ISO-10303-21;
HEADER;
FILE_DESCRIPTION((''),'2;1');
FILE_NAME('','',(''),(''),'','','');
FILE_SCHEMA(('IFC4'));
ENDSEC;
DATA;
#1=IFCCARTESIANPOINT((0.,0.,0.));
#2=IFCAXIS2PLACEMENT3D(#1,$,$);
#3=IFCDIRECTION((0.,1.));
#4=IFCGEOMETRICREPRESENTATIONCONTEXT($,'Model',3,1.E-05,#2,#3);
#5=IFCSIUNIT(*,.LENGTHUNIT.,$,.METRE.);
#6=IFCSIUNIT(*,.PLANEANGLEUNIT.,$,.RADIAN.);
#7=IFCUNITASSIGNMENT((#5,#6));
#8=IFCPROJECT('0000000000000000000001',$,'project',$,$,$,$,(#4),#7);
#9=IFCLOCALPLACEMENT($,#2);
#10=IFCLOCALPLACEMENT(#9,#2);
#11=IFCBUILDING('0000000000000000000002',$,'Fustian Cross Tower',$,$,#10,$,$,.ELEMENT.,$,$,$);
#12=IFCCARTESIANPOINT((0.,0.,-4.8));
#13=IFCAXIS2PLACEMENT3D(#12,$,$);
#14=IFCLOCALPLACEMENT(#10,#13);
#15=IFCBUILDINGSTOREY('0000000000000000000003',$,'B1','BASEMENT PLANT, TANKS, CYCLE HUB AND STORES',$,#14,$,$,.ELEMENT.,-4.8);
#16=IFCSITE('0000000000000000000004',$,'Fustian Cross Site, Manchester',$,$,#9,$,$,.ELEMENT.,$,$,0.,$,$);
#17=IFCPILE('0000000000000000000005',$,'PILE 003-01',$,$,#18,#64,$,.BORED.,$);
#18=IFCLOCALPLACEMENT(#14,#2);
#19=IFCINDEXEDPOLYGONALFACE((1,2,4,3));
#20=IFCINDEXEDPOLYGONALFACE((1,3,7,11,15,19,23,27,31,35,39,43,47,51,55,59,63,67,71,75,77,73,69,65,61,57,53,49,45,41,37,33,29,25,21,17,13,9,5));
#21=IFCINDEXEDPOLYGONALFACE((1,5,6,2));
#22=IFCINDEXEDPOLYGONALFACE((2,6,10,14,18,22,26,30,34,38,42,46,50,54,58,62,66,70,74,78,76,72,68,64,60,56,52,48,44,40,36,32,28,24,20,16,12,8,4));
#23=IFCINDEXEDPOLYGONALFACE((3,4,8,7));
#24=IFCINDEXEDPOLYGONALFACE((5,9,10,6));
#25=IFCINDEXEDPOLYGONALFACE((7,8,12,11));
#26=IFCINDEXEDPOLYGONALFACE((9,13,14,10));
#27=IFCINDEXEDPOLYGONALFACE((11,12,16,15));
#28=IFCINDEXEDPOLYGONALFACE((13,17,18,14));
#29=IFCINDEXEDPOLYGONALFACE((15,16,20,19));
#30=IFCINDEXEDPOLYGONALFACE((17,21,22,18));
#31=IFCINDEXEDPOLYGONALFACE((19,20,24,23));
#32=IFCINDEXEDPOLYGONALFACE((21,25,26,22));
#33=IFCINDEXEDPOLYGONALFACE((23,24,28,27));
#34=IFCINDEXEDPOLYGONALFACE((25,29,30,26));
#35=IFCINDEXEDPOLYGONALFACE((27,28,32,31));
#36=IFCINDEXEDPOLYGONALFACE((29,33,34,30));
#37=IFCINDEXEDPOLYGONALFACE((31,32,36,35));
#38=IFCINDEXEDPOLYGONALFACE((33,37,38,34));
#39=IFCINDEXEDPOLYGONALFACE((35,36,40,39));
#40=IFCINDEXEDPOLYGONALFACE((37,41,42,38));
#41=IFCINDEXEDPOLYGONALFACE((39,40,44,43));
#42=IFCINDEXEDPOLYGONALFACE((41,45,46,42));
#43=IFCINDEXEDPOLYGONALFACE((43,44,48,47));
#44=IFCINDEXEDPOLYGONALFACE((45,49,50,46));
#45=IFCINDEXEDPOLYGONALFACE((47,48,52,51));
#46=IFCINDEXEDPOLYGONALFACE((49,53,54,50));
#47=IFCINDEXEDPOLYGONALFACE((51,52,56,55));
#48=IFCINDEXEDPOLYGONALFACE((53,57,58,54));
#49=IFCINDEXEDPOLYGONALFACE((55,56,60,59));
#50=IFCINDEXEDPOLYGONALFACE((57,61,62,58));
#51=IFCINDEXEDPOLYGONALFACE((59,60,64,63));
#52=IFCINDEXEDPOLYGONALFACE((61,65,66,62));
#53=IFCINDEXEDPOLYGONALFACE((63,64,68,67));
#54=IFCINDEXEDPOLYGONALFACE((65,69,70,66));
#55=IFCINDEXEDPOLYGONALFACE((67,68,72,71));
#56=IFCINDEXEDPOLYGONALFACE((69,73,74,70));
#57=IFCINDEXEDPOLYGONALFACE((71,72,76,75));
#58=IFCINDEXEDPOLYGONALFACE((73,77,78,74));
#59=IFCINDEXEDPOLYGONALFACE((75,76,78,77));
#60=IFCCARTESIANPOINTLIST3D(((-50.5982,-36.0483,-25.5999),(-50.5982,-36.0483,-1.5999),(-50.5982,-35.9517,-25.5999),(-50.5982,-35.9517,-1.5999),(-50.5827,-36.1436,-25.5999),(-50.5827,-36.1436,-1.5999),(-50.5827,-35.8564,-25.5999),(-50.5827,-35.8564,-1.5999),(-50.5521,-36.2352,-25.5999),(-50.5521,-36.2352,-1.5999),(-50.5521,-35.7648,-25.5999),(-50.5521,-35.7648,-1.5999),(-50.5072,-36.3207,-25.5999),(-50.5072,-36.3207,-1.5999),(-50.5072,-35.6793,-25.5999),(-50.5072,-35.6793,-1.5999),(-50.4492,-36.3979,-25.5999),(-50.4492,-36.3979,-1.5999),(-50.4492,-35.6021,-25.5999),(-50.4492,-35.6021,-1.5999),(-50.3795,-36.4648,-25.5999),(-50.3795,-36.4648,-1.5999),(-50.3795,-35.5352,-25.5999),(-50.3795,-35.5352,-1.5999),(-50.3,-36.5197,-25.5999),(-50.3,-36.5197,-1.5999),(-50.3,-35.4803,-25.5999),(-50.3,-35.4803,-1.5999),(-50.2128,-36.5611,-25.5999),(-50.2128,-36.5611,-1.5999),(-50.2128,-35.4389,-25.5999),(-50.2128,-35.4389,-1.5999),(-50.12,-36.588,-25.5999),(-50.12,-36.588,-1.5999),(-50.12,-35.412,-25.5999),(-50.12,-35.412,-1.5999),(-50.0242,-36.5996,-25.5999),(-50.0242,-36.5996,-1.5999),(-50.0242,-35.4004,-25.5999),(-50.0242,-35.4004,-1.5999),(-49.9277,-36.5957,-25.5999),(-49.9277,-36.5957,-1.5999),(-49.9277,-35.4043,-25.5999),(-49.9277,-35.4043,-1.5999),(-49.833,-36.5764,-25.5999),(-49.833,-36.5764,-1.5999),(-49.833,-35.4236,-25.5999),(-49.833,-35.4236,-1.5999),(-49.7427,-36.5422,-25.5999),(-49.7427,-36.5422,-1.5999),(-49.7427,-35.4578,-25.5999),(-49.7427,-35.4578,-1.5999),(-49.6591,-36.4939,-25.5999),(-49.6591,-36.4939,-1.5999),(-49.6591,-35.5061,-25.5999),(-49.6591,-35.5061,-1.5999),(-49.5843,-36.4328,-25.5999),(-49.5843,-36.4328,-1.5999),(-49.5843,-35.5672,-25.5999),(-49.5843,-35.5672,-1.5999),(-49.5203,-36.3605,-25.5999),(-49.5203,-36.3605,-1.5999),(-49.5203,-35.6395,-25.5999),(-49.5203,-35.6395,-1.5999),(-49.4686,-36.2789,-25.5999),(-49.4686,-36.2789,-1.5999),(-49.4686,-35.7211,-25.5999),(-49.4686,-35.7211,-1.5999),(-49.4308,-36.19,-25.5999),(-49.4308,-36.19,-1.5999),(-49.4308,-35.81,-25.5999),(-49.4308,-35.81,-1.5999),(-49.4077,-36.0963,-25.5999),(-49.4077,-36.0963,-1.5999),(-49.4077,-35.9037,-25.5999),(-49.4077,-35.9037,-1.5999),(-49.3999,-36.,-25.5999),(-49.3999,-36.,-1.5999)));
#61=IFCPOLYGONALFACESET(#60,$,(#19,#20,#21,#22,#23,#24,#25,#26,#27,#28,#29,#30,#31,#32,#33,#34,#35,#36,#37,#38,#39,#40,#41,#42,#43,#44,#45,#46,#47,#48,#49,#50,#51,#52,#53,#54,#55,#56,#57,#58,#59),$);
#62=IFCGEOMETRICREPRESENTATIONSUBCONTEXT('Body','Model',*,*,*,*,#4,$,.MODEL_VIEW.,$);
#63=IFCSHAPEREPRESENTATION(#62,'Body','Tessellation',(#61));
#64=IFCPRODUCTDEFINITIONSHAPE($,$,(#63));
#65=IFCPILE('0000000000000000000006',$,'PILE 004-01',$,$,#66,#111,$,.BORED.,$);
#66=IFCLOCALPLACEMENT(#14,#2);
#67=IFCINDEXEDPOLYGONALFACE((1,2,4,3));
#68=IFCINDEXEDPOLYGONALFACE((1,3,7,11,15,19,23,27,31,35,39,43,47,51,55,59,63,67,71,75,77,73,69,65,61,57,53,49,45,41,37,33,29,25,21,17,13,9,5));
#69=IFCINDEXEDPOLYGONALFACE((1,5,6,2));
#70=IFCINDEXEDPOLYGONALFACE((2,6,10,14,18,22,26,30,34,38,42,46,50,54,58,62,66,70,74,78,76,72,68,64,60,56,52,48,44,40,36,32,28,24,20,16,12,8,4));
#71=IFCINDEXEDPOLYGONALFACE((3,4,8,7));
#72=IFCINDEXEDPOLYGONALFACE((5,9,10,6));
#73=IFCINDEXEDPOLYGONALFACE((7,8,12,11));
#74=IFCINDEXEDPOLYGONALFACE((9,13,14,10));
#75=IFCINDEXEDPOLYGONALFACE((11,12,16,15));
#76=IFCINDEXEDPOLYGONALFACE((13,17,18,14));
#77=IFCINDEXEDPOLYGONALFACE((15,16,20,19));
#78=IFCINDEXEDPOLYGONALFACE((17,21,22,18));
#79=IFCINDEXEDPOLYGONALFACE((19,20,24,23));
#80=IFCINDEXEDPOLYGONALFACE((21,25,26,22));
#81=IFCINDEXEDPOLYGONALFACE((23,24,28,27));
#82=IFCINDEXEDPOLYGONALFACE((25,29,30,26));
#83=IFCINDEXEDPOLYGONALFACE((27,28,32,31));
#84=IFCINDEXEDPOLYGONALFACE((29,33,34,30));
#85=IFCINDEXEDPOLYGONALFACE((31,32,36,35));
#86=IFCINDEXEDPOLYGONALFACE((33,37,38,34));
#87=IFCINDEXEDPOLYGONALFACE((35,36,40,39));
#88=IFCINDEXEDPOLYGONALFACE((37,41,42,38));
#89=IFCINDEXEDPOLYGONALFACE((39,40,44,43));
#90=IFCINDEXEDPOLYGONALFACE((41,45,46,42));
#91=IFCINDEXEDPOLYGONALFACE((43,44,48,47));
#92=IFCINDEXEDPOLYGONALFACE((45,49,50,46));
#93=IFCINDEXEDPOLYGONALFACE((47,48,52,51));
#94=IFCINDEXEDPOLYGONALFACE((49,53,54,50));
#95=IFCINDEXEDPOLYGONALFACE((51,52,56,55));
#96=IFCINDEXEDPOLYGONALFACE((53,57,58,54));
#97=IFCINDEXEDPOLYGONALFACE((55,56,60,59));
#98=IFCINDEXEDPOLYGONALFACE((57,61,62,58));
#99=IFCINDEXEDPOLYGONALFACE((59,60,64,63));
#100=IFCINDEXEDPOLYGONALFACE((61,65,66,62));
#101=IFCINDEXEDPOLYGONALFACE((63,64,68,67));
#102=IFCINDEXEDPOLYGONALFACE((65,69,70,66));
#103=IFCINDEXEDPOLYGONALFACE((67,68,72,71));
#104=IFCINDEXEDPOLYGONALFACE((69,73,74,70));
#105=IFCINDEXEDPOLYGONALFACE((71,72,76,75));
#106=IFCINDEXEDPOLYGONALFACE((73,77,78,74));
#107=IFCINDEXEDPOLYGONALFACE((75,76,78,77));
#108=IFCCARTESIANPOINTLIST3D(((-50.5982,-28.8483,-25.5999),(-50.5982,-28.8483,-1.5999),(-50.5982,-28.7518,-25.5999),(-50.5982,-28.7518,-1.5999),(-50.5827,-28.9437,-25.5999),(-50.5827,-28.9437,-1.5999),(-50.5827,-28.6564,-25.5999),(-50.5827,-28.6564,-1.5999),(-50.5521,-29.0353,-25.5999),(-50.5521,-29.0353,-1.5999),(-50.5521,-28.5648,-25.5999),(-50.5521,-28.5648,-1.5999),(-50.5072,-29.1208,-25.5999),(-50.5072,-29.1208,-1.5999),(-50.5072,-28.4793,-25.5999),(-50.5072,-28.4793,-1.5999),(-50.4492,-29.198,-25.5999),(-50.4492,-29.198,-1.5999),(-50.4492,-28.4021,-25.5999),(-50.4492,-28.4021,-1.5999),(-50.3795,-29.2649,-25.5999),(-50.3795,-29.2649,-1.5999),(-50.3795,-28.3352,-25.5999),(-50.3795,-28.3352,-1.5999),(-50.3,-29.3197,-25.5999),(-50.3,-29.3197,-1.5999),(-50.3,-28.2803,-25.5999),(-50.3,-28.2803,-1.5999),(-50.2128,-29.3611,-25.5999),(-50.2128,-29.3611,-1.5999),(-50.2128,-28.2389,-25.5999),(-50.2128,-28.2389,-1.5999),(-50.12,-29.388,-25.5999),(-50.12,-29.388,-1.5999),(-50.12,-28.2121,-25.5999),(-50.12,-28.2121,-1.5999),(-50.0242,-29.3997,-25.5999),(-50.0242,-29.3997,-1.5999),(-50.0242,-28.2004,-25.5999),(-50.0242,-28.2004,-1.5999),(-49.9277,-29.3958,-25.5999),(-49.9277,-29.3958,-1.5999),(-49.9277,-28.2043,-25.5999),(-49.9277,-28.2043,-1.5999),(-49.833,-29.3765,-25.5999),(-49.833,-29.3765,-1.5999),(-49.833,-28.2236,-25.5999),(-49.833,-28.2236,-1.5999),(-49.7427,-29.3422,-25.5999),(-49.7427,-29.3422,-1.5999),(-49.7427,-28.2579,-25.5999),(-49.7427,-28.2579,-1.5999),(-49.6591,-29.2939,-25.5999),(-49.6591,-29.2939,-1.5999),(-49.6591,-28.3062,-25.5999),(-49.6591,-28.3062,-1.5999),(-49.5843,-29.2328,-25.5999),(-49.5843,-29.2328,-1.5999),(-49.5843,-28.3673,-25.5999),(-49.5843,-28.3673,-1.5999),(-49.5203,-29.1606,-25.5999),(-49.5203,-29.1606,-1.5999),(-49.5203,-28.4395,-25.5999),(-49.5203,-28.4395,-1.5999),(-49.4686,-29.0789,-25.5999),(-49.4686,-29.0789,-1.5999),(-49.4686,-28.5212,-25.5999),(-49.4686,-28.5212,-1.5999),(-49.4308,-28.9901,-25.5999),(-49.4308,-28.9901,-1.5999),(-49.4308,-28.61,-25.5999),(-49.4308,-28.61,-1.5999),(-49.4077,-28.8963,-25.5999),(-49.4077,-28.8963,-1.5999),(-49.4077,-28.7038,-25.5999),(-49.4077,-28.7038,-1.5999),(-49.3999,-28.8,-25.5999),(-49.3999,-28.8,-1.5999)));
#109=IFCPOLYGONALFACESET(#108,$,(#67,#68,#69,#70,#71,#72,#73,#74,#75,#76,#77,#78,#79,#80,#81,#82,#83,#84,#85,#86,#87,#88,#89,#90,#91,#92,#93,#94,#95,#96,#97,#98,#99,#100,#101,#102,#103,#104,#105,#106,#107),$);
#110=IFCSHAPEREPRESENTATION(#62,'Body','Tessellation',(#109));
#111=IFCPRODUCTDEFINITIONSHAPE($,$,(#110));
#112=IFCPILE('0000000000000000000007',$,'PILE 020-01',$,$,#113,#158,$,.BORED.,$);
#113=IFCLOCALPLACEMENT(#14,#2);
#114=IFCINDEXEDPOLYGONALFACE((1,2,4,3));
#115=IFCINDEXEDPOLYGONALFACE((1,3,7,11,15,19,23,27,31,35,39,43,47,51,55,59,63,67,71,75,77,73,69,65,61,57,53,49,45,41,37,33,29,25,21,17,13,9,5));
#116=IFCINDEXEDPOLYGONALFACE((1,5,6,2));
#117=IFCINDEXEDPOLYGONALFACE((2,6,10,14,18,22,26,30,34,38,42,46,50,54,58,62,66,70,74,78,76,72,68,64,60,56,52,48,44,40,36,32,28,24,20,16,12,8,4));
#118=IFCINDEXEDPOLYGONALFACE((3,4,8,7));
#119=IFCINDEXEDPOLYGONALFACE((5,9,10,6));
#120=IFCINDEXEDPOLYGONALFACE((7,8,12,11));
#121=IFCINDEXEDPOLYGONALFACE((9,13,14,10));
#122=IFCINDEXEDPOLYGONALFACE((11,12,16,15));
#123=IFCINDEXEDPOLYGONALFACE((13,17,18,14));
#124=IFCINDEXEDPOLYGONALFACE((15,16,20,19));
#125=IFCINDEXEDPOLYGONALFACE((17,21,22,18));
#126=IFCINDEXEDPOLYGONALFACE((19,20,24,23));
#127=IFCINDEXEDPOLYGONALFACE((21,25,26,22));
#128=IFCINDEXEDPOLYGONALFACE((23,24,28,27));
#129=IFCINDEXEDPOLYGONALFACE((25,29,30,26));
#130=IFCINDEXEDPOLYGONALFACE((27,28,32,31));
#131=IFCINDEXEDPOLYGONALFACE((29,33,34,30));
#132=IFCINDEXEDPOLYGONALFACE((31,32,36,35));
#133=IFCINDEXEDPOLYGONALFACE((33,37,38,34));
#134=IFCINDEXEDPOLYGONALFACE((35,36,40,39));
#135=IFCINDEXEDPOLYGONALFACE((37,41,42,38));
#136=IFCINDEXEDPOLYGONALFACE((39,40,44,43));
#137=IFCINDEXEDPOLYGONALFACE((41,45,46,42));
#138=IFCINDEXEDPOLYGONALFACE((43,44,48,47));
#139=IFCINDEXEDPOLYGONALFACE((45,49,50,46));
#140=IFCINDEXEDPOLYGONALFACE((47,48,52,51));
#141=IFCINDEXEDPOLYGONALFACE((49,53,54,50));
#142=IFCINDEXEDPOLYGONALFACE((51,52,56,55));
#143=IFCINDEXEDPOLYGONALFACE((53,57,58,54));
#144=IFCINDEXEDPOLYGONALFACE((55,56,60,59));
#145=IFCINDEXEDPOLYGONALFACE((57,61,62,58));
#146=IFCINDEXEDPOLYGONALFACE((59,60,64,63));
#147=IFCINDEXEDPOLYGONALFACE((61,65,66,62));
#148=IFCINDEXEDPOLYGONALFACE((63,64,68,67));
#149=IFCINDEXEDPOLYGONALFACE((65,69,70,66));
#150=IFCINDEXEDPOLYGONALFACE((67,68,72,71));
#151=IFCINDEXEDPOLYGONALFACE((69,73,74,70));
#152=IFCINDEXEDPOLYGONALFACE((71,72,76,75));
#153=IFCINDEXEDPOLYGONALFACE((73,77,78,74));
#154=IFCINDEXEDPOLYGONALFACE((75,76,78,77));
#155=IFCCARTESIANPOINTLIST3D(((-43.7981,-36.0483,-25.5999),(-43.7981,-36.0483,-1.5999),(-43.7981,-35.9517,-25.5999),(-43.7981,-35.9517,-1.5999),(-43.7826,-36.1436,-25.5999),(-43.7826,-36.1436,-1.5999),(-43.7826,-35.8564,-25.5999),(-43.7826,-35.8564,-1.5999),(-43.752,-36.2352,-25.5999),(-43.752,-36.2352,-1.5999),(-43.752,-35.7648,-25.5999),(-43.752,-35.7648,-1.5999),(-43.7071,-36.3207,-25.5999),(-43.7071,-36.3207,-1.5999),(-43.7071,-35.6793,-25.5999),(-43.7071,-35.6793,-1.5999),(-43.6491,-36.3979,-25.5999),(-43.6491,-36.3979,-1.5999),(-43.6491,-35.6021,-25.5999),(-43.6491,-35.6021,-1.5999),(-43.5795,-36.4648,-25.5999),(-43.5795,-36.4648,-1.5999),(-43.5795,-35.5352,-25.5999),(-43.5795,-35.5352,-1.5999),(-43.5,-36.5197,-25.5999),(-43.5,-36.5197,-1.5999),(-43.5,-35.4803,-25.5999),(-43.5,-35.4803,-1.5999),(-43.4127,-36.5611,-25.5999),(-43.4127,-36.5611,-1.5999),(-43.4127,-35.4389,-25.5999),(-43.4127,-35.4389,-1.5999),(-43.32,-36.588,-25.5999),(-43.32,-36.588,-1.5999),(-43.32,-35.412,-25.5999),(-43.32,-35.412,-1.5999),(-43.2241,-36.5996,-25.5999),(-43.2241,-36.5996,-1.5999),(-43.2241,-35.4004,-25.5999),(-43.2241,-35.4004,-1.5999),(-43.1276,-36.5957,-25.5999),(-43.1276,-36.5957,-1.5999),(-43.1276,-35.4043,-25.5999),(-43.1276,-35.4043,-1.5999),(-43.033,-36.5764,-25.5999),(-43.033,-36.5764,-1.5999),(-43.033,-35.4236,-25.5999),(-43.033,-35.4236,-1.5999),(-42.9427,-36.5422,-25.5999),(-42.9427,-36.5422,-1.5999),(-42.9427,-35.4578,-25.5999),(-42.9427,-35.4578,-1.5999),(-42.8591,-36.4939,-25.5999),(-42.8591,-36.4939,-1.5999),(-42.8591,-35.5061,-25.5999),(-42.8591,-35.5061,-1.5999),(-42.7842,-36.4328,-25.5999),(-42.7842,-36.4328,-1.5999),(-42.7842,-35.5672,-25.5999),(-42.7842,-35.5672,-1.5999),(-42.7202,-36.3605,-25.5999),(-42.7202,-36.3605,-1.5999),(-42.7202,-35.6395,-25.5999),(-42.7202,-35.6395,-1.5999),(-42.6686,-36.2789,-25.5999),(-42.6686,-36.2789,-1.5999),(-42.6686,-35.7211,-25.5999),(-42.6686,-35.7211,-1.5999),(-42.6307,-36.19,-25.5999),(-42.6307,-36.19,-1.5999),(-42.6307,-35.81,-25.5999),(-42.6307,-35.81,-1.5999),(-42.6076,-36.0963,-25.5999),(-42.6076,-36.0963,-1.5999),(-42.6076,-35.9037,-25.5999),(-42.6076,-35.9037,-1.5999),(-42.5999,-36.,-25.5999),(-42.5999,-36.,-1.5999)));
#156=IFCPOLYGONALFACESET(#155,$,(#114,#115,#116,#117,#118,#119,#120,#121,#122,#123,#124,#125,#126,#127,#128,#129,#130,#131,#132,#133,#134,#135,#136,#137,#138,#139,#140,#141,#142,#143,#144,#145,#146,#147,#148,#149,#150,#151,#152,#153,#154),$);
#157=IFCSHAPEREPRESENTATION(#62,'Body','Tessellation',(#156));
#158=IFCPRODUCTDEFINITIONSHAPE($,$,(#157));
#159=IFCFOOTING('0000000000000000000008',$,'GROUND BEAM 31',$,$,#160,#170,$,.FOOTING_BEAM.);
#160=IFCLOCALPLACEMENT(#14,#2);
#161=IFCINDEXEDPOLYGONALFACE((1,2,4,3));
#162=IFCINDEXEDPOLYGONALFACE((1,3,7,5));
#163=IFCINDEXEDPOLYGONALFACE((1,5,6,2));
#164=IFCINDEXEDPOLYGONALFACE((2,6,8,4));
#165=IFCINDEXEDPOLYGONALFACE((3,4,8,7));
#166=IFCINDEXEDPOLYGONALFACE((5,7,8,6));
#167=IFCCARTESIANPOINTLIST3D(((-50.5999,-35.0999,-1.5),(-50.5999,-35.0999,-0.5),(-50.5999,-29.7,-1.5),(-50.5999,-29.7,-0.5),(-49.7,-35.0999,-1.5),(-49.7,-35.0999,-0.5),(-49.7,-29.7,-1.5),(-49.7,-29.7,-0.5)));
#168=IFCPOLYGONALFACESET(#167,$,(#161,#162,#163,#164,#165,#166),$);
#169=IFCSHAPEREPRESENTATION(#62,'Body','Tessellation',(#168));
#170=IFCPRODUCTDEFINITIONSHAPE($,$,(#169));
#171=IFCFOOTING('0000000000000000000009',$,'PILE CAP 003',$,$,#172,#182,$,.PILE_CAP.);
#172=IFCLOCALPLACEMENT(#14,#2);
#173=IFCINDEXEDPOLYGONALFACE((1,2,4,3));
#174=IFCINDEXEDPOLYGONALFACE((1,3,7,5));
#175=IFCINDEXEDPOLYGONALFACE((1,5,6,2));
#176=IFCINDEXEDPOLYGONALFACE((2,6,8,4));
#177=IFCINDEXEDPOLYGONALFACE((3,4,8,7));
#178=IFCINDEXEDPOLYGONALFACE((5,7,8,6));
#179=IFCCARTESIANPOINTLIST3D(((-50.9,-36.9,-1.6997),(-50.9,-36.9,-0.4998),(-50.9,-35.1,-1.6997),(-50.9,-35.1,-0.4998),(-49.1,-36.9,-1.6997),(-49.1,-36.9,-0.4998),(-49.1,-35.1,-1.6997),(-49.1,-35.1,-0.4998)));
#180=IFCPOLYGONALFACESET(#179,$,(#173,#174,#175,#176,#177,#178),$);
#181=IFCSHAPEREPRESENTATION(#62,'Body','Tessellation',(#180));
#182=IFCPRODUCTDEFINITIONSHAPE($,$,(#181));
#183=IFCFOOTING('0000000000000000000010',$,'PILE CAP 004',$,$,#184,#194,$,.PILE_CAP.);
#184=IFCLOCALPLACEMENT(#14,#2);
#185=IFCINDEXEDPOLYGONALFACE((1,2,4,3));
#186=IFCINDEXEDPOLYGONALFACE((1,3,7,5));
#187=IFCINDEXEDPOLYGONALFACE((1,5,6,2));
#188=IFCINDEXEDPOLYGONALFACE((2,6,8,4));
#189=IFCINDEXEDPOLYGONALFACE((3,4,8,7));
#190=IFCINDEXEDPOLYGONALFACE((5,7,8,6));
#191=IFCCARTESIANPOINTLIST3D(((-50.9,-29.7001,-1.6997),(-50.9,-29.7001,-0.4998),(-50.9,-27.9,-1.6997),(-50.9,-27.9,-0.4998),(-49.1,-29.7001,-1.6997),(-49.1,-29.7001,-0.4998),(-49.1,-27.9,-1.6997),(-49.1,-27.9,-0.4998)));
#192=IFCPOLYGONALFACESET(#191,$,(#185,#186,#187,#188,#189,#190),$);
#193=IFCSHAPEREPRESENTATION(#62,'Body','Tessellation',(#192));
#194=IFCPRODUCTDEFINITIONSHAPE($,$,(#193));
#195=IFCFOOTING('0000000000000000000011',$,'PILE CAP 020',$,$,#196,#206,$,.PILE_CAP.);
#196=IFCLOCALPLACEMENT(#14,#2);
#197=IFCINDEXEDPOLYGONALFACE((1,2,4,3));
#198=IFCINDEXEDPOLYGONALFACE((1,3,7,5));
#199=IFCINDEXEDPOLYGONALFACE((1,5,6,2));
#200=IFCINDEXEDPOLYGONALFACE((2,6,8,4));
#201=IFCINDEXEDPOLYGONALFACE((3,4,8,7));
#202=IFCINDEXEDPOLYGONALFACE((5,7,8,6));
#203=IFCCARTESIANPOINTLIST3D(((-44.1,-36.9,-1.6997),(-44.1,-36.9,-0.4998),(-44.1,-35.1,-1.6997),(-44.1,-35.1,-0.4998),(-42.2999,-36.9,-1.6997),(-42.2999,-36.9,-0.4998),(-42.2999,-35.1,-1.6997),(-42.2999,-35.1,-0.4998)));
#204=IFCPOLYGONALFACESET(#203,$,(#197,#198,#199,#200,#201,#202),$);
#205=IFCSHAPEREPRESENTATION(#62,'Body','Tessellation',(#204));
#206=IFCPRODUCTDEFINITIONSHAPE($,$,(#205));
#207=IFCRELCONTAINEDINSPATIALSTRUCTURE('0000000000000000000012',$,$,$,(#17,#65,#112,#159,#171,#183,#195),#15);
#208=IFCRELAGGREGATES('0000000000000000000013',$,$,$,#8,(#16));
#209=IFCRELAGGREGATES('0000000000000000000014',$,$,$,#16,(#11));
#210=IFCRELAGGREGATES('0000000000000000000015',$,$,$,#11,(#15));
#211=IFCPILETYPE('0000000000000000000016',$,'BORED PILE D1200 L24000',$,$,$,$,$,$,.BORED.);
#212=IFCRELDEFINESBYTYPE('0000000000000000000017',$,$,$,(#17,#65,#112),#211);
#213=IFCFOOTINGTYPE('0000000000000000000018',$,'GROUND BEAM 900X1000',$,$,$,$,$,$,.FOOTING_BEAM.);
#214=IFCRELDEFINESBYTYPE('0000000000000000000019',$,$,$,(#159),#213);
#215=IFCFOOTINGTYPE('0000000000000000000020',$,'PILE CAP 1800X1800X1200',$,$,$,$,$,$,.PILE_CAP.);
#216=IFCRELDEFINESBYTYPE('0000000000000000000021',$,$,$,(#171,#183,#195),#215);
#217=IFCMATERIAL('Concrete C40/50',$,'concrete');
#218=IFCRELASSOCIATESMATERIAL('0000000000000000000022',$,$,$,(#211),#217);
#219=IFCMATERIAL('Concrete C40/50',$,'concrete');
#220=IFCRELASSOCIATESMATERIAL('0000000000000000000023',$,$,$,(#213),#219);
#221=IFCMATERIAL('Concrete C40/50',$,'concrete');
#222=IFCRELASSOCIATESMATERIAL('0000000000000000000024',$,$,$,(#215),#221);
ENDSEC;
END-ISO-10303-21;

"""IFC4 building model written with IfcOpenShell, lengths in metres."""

from ifc_helpers import new_model, si_unit, direction, frame, origin, origin_2d, place, context, subcontext, project, spatial, rectangle, circle, extrude, material, material_profile, profile_set, type_object, element, save


model = new_model("IFC4")

# Units and contexts
model_context = context("Model", 3, precision=1e-05, world=origin(), true_north=direction((0.0, 1.0)))
body_context = subcontext(model_context, "Body", "Model", "MODEL_VIEW")
ifc_project = project(units=[si_unit("LENGTHUNIT", "METRE"), si_unit("PLANEANGLEUNIT", "RADIAN")], contexts=[model_context])

# Site, building, storey
site_placement = place(None, origin())
site = spatial("IfcSite", under=ifc_project, at=site_placement, Name="Fustian Cross Site, Manchester", CompositionType="ELEMENT", RefElevation=0.0)
building_placement = place(site_placement, origin())
building = spatial("IfcBuilding", under=site, at=building_placement, Name="Fustian Cross Tower", CompositionType="ELEMENT")
storey_placement = place(building_placement, frame((0.0, 0.0, -4.8)))
storey = spatial("IfcBuildingStorey", under=building, at=storey_placement, Name="B1", Description="BASEMENT PLANT, TANKS, CYCLE HUB AND STORES", CompositionType="ELEMENT", Elevation=-4.8)

# Piles
ifc_material_1 = material(Name="Concrete C40/50", Category="concrete")
ifc_material_profile_1 = material_profile(ifc_material_1, circle(Radius=0.6001, at=origin_2d()), Name="BORED PILE D1200 L24000")
ifc_profile_set_1 = profile_set([ifc_material_profile_1], Name="Concrete C40/50")
pile_type = type_object("IfcPileType", Name="BORED PILE D1200 L24000", PredefinedType="BORED", material=ifc_profile_set_1)
for number, where, z_axis, x_axis, name in (
    (1, (-50.0, -36.0, -1.5999), (0.0, 0.0, -1.0), (1.0, 0.0, 0.0), "PILE 003-01"),
    (2, (-50.0, -28.8, -1.5999), (0.0, 0.0, -1.0), (1.0, 0.0, 0.0), "PILE 004-01"),
    (3, (-43.2, -36.0, -1.5999), (0.0, 0.0, -1.0), (1.0, 0.0, 0.0), "PILE 020-01"),
):
    element("IfcPile", number, at=place(storey_placement, frame(where, z_axis=z_axis, x_axis=x_axis)), inside=storey, type_object=pile_type, Name=name, PredefinedType="BORED", context=body_context, shape_type="SweptSolid", body=[
        extrude(circle(Radius=0.6001, at=origin_2d()), origin(), (0.0, 0.0, 1.0), 24.0),
    ])

# Footings
ifc_material_2 = material(Name="Concrete C40/50", Category="concrete")
footing_type_1 = type_object("IfcFootingType", Name="GROUND BEAM 900X1000", PredefinedType="FOOTING_BEAM", material=ifc_material_2)
footing_placement = place(storey_placement, frame((-50.1499, -32.3999, -1.5), z_axis=(0.0, 0.0, 1.0), x_axis=(1.0, 0.0, 0.0)))
element("IfcFooting", 4, at=footing_placement, inside=storey, type_object=footing_type_1, Name="GROUND BEAM 31", PredefinedType="FOOTING_BEAM", context=body_context, shape_type="SweptSolid", body=[
    extrude(rectangle(XDim=0.8999, YDim=5.3999, at=origin_2d()), origin(), (0.0, 0.0, 1.0), 1.0),
])
ifc_material_3 = material(Name="Concrete C40/50", Category="concrete")
footing_type_2 = type_object("IfcFootingType", Name="PILE CAP 1800X1800X1200", PredefinedType="PILE_CAP", material=ifc_material_3)
for number, where, z_axis, x_axis, name in (
    (5, (-50.0, -36.0, -1.6997), (0.0, 0.0, 1.0), (1.0, 0.0, 0.0), "PILE CAP 003"),
    (6, (-50.0, -28.8, -1.6997), (0.0, 0.0, 1.0), (1.0, 0.0, 0.0), "PILE CAP 004"),
    (7, (-43.2, -36.0, -1.6997), (0.0, 0.0, 1.0), (1.0, 0.0, 0.0), "PILE CAP 020"),
):
    element("IfcFooting", number, at=place(storey_placement, frame(where, z_axis=z_axis, x_axis=x_axis)), inside=storey, type_object=footing_type_2, Name=name, PredefinedType="PILE_CAP", context=body_context, shape_type="SweptSolid", body=[
        extrude(rectangle(XDim=1.8, YDim=1.8, at=origin_2d()), origin(), (0.0, 0.0, 1.0), 1.2),
    ])

save(model, "model.ifc")
